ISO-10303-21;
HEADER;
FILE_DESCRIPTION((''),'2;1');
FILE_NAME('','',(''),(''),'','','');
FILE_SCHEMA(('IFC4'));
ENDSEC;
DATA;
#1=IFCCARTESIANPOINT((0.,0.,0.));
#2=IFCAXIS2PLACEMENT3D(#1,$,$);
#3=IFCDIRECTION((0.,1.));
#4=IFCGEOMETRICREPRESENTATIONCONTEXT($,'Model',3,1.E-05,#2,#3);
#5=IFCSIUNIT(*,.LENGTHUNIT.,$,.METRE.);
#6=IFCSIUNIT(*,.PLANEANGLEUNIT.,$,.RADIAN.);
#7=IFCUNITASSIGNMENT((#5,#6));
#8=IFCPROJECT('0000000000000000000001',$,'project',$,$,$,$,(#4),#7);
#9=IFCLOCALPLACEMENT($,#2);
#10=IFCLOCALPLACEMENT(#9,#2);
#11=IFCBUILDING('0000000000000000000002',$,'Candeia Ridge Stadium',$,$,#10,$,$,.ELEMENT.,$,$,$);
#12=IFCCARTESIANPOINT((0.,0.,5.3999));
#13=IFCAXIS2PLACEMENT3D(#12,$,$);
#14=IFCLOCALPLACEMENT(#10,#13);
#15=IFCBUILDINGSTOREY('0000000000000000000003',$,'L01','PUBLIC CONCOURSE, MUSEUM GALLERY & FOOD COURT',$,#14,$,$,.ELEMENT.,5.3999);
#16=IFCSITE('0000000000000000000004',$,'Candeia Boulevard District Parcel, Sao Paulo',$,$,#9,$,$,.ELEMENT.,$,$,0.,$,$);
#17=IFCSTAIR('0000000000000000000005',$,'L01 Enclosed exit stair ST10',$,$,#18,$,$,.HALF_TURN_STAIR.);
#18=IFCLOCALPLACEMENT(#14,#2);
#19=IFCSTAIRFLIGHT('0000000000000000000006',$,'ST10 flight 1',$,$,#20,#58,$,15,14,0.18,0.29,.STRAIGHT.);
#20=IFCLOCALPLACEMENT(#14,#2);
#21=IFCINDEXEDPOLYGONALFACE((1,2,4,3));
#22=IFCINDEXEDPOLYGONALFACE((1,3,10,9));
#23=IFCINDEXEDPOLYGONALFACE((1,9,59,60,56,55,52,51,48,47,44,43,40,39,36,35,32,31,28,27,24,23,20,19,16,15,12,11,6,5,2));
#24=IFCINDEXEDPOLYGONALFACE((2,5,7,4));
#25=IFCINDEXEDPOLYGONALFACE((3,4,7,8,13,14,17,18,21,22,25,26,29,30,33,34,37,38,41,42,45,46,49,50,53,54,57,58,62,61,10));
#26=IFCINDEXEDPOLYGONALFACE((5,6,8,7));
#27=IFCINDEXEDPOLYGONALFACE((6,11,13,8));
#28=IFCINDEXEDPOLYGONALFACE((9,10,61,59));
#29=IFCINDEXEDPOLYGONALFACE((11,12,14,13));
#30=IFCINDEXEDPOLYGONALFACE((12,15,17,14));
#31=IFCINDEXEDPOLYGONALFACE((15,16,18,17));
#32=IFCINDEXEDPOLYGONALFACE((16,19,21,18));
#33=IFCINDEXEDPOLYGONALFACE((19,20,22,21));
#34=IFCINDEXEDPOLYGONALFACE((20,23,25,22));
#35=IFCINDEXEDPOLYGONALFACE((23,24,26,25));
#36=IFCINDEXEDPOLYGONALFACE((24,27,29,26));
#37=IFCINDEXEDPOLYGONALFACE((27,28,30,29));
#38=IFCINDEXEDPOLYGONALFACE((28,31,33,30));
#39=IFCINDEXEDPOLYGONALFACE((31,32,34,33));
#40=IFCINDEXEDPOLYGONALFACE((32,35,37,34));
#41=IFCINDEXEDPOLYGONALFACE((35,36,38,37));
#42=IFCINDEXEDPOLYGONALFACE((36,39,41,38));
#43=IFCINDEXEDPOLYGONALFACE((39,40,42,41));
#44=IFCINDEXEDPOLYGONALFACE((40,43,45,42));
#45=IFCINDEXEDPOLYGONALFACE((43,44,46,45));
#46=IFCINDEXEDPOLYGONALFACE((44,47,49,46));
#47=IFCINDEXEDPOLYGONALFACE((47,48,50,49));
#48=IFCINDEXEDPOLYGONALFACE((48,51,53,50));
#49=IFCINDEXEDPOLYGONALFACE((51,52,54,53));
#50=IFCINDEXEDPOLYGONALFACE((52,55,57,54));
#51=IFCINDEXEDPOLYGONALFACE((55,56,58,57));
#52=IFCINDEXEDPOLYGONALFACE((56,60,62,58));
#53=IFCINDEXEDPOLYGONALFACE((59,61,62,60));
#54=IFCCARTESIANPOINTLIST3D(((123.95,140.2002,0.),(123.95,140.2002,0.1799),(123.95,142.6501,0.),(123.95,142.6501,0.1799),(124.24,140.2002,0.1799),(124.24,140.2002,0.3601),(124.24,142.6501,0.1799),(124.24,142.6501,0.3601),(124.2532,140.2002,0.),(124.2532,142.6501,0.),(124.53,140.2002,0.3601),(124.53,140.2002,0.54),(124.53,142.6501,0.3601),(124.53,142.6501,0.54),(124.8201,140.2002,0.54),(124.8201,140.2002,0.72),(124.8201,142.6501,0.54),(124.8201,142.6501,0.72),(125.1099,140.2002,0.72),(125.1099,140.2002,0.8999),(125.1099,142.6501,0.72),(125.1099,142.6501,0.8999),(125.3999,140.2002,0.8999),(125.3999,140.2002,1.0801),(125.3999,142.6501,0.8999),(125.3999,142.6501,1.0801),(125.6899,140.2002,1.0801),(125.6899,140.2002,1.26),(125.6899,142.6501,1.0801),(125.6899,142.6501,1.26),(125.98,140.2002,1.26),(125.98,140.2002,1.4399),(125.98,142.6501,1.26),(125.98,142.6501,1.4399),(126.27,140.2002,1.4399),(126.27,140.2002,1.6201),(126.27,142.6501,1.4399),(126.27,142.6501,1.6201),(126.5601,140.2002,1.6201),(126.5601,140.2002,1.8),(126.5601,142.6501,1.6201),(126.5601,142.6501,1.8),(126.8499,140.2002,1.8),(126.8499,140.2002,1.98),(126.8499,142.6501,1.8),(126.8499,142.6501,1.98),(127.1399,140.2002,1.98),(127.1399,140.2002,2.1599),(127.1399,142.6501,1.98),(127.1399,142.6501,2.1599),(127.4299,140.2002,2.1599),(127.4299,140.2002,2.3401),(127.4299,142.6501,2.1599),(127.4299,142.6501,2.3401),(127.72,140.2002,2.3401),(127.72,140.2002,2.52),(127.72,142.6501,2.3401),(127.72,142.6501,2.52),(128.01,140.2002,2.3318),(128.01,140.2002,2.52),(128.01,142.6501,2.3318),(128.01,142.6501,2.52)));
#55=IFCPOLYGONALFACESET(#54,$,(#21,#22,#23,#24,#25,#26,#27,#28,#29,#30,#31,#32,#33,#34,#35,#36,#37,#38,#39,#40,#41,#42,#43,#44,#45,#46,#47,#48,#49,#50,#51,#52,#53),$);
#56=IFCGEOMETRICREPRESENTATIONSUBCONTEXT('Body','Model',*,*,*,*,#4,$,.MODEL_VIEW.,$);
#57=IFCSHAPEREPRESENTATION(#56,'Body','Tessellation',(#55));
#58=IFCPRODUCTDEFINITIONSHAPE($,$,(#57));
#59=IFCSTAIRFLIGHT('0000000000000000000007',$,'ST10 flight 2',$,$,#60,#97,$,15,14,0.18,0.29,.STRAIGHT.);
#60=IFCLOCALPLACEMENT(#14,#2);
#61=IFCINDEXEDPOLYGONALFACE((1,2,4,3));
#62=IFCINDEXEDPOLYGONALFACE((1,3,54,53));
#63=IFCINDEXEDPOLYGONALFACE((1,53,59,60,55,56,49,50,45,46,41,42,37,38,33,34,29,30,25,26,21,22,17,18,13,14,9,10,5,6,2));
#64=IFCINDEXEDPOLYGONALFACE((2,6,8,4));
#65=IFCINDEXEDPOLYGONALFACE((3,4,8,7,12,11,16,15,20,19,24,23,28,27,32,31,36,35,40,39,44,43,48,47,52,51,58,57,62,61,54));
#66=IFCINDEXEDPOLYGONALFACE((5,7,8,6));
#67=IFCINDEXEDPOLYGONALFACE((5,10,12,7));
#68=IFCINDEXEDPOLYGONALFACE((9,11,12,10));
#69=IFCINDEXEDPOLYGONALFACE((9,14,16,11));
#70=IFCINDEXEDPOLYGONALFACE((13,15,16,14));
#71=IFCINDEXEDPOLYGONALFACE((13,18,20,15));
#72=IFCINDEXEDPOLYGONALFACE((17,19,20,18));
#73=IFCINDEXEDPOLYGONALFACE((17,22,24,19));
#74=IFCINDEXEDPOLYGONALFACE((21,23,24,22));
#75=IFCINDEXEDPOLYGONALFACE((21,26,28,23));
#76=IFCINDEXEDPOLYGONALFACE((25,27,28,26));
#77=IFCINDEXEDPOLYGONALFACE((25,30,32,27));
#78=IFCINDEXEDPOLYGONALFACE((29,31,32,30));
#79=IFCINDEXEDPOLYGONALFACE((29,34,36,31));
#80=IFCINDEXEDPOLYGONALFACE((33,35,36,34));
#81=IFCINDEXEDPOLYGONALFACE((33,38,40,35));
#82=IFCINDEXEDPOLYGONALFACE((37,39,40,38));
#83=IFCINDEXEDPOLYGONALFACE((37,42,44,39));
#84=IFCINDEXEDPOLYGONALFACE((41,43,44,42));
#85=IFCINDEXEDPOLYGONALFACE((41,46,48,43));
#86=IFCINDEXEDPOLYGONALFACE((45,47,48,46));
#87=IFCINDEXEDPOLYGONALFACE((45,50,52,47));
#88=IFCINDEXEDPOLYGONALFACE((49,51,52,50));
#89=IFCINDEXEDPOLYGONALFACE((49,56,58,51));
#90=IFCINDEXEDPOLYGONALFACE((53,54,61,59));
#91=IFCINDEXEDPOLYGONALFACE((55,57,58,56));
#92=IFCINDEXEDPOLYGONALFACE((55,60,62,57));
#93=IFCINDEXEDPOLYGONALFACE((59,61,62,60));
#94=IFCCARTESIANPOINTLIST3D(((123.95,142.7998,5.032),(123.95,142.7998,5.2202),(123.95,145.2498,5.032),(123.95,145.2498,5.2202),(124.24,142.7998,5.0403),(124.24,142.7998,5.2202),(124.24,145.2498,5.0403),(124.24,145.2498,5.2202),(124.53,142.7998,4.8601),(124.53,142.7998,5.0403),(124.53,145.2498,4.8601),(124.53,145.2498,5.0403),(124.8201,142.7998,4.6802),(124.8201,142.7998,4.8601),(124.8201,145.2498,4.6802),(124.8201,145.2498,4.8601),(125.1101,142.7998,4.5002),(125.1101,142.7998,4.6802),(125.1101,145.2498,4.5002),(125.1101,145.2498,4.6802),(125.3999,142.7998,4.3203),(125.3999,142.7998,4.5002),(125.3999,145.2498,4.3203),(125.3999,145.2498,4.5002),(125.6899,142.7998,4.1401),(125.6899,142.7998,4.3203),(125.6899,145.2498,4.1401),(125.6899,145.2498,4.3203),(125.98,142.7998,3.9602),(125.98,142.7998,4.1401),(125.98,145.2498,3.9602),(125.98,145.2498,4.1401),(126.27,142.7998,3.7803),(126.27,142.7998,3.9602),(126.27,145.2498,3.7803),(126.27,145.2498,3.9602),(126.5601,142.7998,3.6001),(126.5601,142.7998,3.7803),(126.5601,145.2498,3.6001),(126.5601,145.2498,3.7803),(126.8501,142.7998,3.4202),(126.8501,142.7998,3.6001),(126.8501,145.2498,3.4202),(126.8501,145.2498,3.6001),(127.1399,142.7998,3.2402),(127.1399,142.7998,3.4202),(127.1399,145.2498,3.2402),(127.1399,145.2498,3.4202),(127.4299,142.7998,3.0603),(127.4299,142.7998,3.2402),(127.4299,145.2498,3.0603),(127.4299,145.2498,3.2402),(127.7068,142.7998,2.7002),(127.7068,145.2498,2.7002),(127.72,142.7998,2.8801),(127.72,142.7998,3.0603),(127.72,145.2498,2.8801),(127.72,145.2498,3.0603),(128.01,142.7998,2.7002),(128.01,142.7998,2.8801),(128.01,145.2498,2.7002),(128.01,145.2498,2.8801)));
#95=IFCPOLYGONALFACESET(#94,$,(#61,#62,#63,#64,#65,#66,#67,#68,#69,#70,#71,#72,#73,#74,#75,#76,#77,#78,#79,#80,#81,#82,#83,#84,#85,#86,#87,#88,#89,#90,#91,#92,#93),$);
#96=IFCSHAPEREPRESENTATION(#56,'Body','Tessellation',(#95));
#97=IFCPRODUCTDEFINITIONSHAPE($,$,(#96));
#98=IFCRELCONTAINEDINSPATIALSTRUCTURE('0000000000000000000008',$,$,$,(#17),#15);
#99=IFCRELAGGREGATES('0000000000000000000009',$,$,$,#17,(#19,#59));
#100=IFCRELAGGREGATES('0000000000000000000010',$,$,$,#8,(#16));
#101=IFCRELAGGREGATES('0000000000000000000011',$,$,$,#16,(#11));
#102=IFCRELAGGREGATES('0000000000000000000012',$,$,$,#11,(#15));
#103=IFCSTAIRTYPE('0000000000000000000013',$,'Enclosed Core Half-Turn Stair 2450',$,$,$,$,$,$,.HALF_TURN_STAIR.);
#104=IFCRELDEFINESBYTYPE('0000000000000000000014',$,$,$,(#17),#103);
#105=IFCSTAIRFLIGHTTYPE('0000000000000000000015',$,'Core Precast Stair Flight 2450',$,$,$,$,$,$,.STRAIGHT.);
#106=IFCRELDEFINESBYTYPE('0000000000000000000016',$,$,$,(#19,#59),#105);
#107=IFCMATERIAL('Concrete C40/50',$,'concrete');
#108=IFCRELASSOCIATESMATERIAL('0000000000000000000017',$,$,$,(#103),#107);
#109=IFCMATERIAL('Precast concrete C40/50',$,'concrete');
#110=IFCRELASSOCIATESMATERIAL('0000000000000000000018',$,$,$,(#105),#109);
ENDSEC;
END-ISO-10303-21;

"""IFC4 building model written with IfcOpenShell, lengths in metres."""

from ifc_helpers import new_model, si_unit, direction, frame, origin, place, context, subcontext, project, spatial, polyline, outline, extrude, material, type_object, element, aggregate, save


model = new_model("IFC4")

# Units and contexts
model_context = context("Model", 3, precision=1e-05, world=origin(), true_north=direction((0.0, 1.0)))
body_context = subcontext(model_context, "Body", "Model", "MODEL_VIEW")
ifc_project = project(units=[si_unit("LENGTHUNIT", "METRE"), si_unit("PLANEANGLEUNIT", "RADIAN")], contexts=[model_context])

# Site, building, storey
site_placement = place(None, origin())
site = spatial("IfcSite", under=ifc_project, at=site_placement, Name="Candeia Boulevard District Parcel, Sao Paulo", CompositionType="ELEMENT", RefElevation=0.0)
building_placement = place(site_placement, origin())
building = spatial("IfcBuilding", under=site, at=building_placement, Name="Candeia Ridge Stadium", CompositionType="ELEMENT")
storey_placement = place(building_placement, frame((0.0, 0.0, 5.3999)))
storey = spatial("IfcBuildingStorey", under=building, at=storey_placement, Name="L01", Description="PUBLIC CONCOURSE, MUSEUM GALLERY & FOOD COURT", CompositionType="ELEMENT", Elevation=5.3999)

# Shared definitions
ifc_material_1 = material(Name="Concrete C40/50", Category="concrete")

# Stair, stair flights
stair_type = type_object("IfcStairType", Name="Enclosed Core Half-Turn Stair 2450", PredefinedType="HALF_TURN_STAIR", material=ifc_material_1)
stair_placement = place(storey_placement, origin())
stair = element("IfcStair", 1, at=stair_placement, inside=storey, type_object=stair_type, Name="L01 Enclosed exit stair ST10", PredefinedType="HALF_TURN_STAIR")
ifc_material_2 = material(Name="Precast concrete C40/50", Category="concrete")
stair_flight_type = type_object("IfcStairFlightType", Name="Core Precast Stair Flight 2450", PredefinedType="STRAIGHT", material=ifc_material_2)
stair_flight_1_placement = place(storey_placement, frame((123.95, 141.425, 0.0), z_axis=(0.0, 0.0, 1.0), x_axis=(1.0, 0.0, 0.0)))
stair_flight_1 = element("IfcStairFlight", 2, at=stair_flight_1_placement, type_object=stair_flight_type, Name="ST10 flight 1", NumberOfRisers=15, NumberOfTreads=14, PredefinedType="STRAIGHT", RiserHeight=0.18, TreadLength=0.29, context=body_context, shape_type="SweptSolid", body=[
    extrude(outline(polyline([(0.0, 0.0), (0.0, 0.1799), (0.29, 0.1799), (0.29, 0.3601), (0.5801, 0.3601), (0.5801, 0.54), (0.8701, 0.54), (0.8701, 0.72), (1.1599, 0.72), (1.1599, 0.8999), (1.45, 0.8999), (1.45, 1.0801), (1.74, 1.0801), (1.74, 1.26), (2.03, 1.26), (2.03, 1.4399), (2.3201, 1.4399), (2.3201, 1.6201), (2.6101, 1.6201), (2.6101, 1.8), (2.8999, 1.8), (2.8999, 1.98), (3.1899, 1.98), (3.1899, 2.1599), (3.48, 2.1599), (3.48, 2.3401), (3.77, 2.3401), (3.77, 2.52), (4.0601, 2.52), (4.0601, 2.7), (4.0601, 2.3318), (0.3032, 0.0), (0.0, 0.0)])), frame((0.0, 1.2251, 0.0), z_axis=(0.0, -1.0, 0.0), x_axis=(1.0, 0.0, 0.0)), (0.0, 0.0, 1.0), 2.45),
])
stair_flight_2_placement = place(storey_placement, frame((128.01, 144.0249, 2.7002), z_axis=(0.0, 0.0, 1.0), x_axis=(-1.0, 0.0, 0.0)))
stair_flight_2 = element("IfcStairFlight", 3, at=stair_flight_2_placement, type_object=stair_flight_type, Name="ST10 flight 2", NumberOfRisers=15, NumberOfTreads=14, PredefinedType="STRAIGHT", RiserHeight=0.18, TreadLength=0.29, context=body_context, shape_type="SweptSolid", body=[
    extrude(outline(polyline([(0.0, 0.0), (0.0, 0.1799), (0.29, 0.1799), (0.29, 0.3601), (0.5801, 0.3601), (0.5801, 0.54), (0.8701, 0.54), (0.8701, 0.72), (1.1599, 0.72), (1.1599, 0.8999), (1.45, 0.8999), (1.45, 1.0801), (1.74, 1.0801), (1.74, 1.26), (2.03, 1.26), (2.03, 1.4399), (2.3201, 1.4399), (2.3201, 1.6201), (2.6101, 1.6201), (2.6101, 1.8), (2.8999, 1.8), (2.8999, 1.98), (3.1899, 1.98), (3.1899, 2.1599), (3.48, 2.1599), (3.48, 2.3401), (3.77, 2.3401), (3.77, 2.52), (4.0601, 2.52), (4.0601, 2.7), (4.0601, 2.3318), (0.3032, 0.0), (0.0, 0.0)])), frame((0.0, 1.2251, 0.0), z_axis=(0.0, -1.0, 0.0), x_axis=(1.0, 0.0, 0.0)), (0.0, 0.0, 1.0), 2.45),
])
aggregate(stair, [stair_flight_1, stair_flight_2])

save(model, "model.ifc")
